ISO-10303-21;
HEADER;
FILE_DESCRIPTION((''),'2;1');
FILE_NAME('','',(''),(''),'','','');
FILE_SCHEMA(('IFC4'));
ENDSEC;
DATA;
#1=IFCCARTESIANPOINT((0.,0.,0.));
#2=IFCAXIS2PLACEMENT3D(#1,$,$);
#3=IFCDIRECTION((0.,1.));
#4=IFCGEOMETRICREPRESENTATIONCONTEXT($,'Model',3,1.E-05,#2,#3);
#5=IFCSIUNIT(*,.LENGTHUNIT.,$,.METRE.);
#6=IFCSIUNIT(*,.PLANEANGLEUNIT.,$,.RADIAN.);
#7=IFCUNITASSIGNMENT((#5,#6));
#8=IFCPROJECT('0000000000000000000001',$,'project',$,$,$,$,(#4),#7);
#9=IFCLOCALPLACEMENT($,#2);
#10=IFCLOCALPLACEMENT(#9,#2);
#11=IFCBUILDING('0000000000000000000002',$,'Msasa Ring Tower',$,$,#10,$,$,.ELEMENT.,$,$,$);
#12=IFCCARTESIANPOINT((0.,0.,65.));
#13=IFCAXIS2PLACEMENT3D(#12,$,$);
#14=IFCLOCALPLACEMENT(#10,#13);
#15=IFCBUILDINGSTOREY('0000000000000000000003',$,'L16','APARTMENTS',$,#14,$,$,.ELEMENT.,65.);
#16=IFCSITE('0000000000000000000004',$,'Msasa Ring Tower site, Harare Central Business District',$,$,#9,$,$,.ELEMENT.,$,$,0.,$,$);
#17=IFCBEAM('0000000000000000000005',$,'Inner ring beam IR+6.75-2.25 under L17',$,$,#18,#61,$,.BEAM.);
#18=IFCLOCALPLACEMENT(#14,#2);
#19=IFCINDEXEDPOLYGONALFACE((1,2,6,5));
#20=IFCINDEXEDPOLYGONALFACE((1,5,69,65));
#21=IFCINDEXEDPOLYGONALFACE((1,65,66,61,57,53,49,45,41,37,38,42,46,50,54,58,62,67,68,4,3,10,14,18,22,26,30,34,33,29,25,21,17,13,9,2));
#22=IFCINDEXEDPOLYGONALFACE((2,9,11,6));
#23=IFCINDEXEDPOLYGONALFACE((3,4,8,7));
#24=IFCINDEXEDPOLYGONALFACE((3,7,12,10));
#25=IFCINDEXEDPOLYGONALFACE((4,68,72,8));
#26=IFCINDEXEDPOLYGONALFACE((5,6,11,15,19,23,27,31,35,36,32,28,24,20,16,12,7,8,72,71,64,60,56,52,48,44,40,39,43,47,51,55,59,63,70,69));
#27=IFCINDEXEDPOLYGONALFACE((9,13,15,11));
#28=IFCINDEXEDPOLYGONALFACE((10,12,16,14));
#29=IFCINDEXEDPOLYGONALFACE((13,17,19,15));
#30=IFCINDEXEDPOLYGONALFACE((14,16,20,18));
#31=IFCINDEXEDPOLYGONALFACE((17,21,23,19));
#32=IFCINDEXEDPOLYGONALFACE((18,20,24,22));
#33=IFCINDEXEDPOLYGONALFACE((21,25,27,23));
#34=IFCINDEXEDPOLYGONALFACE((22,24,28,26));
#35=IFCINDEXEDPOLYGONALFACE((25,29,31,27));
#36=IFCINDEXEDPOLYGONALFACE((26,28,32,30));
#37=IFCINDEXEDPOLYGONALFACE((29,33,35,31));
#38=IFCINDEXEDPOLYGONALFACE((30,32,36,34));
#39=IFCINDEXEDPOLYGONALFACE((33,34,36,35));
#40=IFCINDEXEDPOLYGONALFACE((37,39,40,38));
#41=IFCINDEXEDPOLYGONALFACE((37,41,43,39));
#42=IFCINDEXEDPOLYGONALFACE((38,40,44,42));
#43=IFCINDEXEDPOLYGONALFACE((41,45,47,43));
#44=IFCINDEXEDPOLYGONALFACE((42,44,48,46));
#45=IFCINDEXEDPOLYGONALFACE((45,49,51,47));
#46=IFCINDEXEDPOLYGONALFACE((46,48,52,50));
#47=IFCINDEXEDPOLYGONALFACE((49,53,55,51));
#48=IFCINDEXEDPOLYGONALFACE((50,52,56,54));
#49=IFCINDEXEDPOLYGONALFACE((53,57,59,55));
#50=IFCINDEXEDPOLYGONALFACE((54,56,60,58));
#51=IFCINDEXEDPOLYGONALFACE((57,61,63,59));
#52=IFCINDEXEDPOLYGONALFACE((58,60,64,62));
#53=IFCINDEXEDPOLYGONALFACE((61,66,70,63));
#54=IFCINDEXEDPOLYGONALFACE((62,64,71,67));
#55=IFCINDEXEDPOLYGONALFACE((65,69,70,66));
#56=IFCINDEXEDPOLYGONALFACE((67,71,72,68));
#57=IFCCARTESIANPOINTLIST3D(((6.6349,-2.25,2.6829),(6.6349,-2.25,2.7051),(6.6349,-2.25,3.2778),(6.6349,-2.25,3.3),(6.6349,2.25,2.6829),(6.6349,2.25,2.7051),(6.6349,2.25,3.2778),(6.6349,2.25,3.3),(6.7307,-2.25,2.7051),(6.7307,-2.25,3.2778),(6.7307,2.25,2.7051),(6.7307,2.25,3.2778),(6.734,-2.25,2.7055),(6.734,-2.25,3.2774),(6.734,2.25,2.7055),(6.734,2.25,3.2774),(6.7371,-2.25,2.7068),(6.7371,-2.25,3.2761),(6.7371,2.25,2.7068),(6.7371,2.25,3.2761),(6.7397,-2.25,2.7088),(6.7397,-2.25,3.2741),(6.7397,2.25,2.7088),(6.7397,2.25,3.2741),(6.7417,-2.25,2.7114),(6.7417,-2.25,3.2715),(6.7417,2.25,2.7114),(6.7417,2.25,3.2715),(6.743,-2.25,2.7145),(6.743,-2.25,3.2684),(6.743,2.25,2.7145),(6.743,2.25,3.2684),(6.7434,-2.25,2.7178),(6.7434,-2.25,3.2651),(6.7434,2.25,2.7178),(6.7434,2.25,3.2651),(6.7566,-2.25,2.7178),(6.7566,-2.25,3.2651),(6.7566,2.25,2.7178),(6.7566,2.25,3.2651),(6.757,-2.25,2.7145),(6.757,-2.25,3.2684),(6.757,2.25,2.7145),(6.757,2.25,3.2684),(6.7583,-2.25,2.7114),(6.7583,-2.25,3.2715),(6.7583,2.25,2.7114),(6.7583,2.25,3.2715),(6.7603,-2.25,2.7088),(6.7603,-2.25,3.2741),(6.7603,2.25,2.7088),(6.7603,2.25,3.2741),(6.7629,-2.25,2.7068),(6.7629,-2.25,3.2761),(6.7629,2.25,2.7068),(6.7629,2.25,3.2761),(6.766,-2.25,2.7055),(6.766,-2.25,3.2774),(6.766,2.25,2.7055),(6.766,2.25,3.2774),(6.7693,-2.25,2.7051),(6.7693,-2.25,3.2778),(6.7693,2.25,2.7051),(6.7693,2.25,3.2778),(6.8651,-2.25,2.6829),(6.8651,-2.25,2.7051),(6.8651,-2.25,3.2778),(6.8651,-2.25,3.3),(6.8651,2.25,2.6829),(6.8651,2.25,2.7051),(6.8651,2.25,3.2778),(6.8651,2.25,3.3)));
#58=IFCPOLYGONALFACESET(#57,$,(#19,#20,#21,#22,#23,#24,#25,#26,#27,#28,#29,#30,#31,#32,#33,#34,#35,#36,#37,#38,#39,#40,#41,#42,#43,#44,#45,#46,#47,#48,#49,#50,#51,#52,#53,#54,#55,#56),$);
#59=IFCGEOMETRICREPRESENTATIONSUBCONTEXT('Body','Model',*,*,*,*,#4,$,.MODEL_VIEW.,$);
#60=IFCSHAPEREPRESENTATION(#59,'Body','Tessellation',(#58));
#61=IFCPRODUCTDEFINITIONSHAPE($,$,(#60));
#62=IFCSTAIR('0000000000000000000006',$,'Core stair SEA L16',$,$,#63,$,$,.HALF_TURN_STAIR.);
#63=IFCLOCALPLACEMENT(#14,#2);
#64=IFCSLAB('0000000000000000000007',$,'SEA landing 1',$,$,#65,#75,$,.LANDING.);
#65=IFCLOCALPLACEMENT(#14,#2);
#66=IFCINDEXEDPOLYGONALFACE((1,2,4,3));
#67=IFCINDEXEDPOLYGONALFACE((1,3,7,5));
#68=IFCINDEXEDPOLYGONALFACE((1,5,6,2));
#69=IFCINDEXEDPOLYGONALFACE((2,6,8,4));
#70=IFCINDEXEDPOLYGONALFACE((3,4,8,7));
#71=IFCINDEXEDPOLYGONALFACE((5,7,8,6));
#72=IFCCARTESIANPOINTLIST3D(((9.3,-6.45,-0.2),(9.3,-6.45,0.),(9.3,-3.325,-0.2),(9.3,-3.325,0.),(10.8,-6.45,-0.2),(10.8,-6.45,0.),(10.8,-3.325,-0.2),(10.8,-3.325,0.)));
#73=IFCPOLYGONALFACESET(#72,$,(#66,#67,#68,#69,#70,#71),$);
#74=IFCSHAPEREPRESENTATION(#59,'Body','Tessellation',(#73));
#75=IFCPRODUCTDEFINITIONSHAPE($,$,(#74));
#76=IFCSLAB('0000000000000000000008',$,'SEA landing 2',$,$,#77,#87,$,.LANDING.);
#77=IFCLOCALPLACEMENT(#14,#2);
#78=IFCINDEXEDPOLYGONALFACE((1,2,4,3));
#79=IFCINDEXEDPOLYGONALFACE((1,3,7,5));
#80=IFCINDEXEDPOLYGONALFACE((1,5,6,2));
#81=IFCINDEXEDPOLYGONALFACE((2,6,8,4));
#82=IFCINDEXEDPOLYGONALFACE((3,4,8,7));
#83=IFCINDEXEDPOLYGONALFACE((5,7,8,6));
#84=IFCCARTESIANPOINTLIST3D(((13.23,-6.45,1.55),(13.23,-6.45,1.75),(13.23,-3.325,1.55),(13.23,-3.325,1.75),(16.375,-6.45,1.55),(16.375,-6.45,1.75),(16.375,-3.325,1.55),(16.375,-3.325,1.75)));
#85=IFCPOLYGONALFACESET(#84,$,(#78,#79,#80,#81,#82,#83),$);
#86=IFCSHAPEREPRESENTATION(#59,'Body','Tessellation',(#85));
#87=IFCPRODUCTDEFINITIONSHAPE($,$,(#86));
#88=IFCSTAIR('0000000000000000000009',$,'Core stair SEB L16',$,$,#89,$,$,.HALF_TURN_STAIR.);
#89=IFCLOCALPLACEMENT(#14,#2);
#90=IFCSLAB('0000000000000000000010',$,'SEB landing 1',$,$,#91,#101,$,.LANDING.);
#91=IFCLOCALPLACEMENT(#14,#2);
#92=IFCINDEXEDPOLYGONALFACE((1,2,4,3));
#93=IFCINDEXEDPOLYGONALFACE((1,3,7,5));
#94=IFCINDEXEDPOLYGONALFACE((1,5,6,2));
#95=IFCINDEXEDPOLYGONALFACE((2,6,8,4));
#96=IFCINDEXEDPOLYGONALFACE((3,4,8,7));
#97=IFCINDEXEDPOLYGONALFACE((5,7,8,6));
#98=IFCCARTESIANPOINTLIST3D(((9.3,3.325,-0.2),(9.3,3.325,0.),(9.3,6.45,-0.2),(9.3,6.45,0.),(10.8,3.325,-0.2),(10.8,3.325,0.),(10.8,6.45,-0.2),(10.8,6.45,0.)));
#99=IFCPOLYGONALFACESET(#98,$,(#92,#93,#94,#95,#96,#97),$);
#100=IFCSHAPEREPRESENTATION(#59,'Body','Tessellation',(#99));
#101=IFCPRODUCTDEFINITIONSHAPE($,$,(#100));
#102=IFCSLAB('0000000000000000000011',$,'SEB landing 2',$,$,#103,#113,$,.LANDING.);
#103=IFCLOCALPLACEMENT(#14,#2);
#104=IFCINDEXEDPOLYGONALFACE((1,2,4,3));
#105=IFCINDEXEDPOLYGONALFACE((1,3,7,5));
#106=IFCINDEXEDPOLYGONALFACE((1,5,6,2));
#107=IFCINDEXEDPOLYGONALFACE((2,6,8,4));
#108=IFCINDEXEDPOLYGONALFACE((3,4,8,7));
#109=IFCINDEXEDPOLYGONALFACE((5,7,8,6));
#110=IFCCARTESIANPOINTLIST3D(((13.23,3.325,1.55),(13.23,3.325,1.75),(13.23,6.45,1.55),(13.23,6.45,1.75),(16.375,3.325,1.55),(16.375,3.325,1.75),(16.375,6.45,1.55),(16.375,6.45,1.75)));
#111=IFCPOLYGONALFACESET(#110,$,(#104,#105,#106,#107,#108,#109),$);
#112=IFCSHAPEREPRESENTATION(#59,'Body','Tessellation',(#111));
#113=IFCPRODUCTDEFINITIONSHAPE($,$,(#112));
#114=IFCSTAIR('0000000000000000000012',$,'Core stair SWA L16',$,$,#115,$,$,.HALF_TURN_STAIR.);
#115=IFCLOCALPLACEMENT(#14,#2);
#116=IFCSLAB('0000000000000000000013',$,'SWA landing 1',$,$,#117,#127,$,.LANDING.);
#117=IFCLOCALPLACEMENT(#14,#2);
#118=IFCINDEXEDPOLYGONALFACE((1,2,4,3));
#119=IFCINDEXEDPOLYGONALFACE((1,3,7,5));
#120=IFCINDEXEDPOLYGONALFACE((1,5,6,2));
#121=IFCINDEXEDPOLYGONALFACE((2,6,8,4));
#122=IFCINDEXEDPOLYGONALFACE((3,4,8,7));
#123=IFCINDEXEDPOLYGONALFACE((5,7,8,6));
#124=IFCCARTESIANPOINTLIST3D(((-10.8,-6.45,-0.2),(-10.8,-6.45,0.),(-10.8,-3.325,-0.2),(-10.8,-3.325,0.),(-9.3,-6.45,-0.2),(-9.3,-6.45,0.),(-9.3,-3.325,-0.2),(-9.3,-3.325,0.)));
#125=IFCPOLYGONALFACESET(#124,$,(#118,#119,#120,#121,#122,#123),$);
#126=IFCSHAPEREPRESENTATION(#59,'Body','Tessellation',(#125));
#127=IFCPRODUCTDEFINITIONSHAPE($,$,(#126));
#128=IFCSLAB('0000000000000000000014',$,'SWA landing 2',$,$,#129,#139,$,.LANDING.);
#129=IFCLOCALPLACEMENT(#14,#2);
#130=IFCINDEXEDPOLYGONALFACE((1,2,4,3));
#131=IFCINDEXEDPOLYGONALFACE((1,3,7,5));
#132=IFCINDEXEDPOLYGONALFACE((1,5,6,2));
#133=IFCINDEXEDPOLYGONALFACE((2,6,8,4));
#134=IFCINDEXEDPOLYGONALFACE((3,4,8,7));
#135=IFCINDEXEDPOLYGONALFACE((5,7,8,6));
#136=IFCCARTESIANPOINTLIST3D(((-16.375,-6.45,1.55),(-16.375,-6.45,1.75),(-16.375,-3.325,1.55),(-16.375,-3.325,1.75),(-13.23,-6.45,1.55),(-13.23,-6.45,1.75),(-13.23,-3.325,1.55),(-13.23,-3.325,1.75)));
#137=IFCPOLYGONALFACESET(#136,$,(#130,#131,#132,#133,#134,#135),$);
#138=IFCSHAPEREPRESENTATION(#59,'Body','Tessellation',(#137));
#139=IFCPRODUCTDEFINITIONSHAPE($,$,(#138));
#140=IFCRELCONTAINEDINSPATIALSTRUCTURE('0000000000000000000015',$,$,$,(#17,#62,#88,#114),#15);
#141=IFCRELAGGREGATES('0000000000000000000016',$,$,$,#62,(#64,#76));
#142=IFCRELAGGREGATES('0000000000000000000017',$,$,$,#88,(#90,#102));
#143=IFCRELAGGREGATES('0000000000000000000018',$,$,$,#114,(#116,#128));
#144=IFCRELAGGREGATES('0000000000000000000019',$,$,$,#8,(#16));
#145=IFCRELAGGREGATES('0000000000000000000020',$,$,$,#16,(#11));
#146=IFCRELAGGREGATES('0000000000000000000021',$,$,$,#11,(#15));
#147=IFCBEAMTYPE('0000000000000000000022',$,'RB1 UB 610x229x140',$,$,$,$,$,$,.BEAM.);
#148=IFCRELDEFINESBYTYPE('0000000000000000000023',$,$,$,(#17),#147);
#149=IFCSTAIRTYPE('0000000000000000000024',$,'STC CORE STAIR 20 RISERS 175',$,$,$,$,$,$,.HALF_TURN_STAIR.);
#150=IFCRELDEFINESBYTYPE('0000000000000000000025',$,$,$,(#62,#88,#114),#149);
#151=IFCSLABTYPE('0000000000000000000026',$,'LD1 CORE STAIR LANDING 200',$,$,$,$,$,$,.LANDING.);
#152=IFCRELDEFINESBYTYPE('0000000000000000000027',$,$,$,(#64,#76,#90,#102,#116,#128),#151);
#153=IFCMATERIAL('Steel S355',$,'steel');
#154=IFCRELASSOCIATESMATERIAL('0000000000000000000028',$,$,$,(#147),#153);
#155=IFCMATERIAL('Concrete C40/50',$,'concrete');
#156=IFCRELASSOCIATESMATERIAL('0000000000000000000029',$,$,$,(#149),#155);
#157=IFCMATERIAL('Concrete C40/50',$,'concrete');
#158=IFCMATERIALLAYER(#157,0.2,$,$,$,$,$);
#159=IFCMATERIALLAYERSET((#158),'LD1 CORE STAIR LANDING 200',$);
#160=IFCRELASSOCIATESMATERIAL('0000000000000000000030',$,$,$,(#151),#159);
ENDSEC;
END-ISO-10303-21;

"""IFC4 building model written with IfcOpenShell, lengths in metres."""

from ifc_helpers import new_model, si_unit, direction, frame, origin, origin_2d, place, context, subcontext, project, spatial, polyline, i_section, outline, extrude, material, layer, layer_set, material_profile, profile_set, type_object, element, aggregate, save


model = new_model("IFC4")

# Units and contexts
model_context = context("Model", 3, precision=1e-05, world=origin(), true_north=direction((0.0, 1.0)))
body_context = subcontext(model_context, "Body", "Model", "MODEL_VIEW")
ifc_project = project(units=[si_unit("LENGTHUNIT", "METRE"), si_unit("PLANEANGLEUNIT", "RADIAN")], contexts=[model_context])

# Site, building, storey
site_placement = place(None, origin())
site = spatial("IfcSite", under=ifc_project, at=site_placement, Name="Msasa Ring Tower site, Harare Central Business District", CompositionType="ELEMENT", RefElevation=0.0)
building_placement = place(site_placement, origin())
building = spatial("IfcBuilding", under=site, at=building_placement, Name="Msasa Ring Tower", CompositionType="ELEMENT")
storey_placement = place(building_placement, frame((0.0, 0.0, 65.0)))
storey = spatial("IfcBuildingStorey", under=building, at=storey_placement, Name="L16", Description="APARTMENTS", CompositionType="ELEMENT", Elevation=65.0)

# Beam
ifc_material_1 = material(Name="Steel S355", Category="steel")
ifc_material_profile_1 = material_profile(ifc_material_1, i_section(OverallWidth=0.2302, OverallDepth=0.6172, WebThickness=0.0132, FlangeThickness=0.0222, FilletRadius=0.0127, at=origin_2d()), Name="UB 610x229x140")
ifc_profile_set_1 = profile_set([ifc_material_profile_1], Name="Steel S355")
beam_type = type_object("IfcBeamType", Name="RB1 UB 610x229x140", PredefinedType="BEAM", material=ifc_profile_set_1)
for number, where, z_axis, x_axis, name in (
    (1, (6.75, -2.25, 2.9915), (0.0, 1.0, 0.0), (-1.0, 0.0, 0.0), "Inner ring beam IR+6.75-2.25 under L17"),
):
    element("IfcBeam", number, at=place(storey_placement, frame(where, z_axis=z_axis, x_axis=x_axis)), inside=storey, type_object=beam_type, Name=name, PredefinedType="BEAM", context=body_context, shape_type="SweptSolid", body=[
        extrude(i_section(OverallWidth=0.2302, OverallDepth=0.6172, WebThickness=0.0132, FlangeThickness=0.0222, FilletRadius=0.0127, at=origin_2d()), origin(), (0.0, 0.0, 1.0), 4.5),
    ])

# Stairs, slabs
ifc_material_2 = material(Name="Concrete C40/50", Category="concrete")
stair_type = type_object("IfcStairType", Name="STC CORE STAIR 20 RISERS 175", PredefinedType="HALF_TURN_STAIR", material=ifc_material_2)
stair_1_placement = place(storey_placement, origin())
stair_1 = element("IfcStair", 2, at=stair_1_placement, inside=storey, type_object=stair_type, Name="Core stair SEA L16", PredefinedType="HALF_TURN_STAIR")
ifc_material_3 = material(Name="Concrete C40/50", Category="concrete")
ifc_layer = layer(ifc_material_3, 0.2)
ifc_layer_set = layer_set([ifc_layer], Name="LD1 CORE STAIR LANDING 200")
slab_type = type_object("IfcSlabType", Name="LD1 CORE STAIR LANDING 200", PredefinedType="LANDING", material=ifc_layer_set)
slab_1_placement = place(storey_placement, frame((0.0, 0.0, -0.2)))
slab_1 = element("IfcSlab", 3, at=slab_1_placement, type_object=slab_type, Name="SEA landing 1", PredefinedType="LANDING", context=body_context, shape_type="SweptSolid", body=[
    extrude(outline(polyline([(9.3, -6.45), (10.8, -6.45), (10.8, -3.325), (9.3, -3.325), (9.3, -6.45)])), origin(), (0.0, 0.0, 1.0), 0.2),
])
slab_2_placement = place(storey_placement, frame((0.0, 0.0, 1.55)))
slab_2 = element("IfcSlab", 4, at=slab_2_placement, type_object=slab_type, Name="SEA landing 2", PredefinedType="LANDING", context=body_context, shape_type="SweptSolid", body=[
    extrude(outline(polyline([(13.23, -6.45), (16.375, -6.45), (16.375, -3.325), (13.23, -3.325), (13.23, -6.45)])), origin(), (0.0, 0.0, 1.0), 0.2),
])
aggregate(stair_1, [slab_1, slab_2])
stair_2_placement = place(storey_placement, origin())
stair_2 = element("IfcStair", 5, at=stair_2_placement, inside=storey, type_object=stair_type, Name="Core stair SEB L16", PredefinedType="HALF_TURN_STAIR")
slab_3_placement = place(storey_placement, frame((0.0, 0.0, -0.2)))
slab_3 = element("IfcSlab", 6, at=slab_3_placement, type_object=slab_type, Name="SEB landing 1", PredefinedType="LANDING", context=body_context, shape_type="SweptSolid", body=[
    extrude(outline(polyline([(9.3, 3.325), (10.8, 3.325), (10.8, 6.45), (9.3, 6.45), (9.3, 3.325)])), origin(), (0.0, 0.0, 1.0), 0.2),
])
slab_4_placement = place(storey_placement, frame((0.0, 0.0, 1.55)))
slab_4 = element("IfcSlab", 7, at=slab_4_placement, type_object=slab_type, Name="SEB landing 2", PredefinedType="LANDING", context=body_context, shape_type="SweptSolid", body=[
    extrude(outline(polyline([(13.23, 3.325), (16.375, 3.325), (16.375, 6.45), (13.23, 6.45), (13.23, 3.325)])), origin(), (0.0, 0.0, 1.0), 0.2),
])
aggregate(stair_2, [slab_3, slab_4])
stair_3_placement = place(storey_placement, origin())
stair_3 = element("IfcStair", 8, at=stair_3_placement, inside=storey, type_object=stair_type, Name="Core stair SWA L16", PredefinedType="HALF_TURN_STAIR")
slab_5_placement = place(storey_placement, frame((0.0, 0.0, -0.2)))
slab_5 = element("IfcSlab", 9, at=slab_5_placement, type_object=slab_type, Name="SWA landing 1", PredefinedType="LANDING", context=body_context, shape_type="SweptSolid", body=[
    extrude(outline(polyline([(-10.8, -6.45), (-9.3, -6.45), (-9.3, -3.325), (-10.8, -3.325), (-10.8, -6.45)])), origin(), (0.0, 0.0, 1.0), 0.2),
])
slab_6_placement = place(storey_placement, frame((0.0, 0.0, 1.55)))
slab_6 = element("IfcSlab", 10, at=slab_6_placement, type_object=slab_type, Name="SWA landing 2", PredefinedType="LANDING", context=body_context, shape_type="SweptSolid", body=[
    extrude(outline(polyline([(-16.375, -6.45), (-13.23, -6.45), (-13.23, -3.325), (-16.375, -3.325), (-16.375, -6.45)])), origin(), (0.0, 0.0, 1.0), 0.2),
])
aggregate(stair_3, [slab_5, slab_6])

save(model, "model.ifc")
